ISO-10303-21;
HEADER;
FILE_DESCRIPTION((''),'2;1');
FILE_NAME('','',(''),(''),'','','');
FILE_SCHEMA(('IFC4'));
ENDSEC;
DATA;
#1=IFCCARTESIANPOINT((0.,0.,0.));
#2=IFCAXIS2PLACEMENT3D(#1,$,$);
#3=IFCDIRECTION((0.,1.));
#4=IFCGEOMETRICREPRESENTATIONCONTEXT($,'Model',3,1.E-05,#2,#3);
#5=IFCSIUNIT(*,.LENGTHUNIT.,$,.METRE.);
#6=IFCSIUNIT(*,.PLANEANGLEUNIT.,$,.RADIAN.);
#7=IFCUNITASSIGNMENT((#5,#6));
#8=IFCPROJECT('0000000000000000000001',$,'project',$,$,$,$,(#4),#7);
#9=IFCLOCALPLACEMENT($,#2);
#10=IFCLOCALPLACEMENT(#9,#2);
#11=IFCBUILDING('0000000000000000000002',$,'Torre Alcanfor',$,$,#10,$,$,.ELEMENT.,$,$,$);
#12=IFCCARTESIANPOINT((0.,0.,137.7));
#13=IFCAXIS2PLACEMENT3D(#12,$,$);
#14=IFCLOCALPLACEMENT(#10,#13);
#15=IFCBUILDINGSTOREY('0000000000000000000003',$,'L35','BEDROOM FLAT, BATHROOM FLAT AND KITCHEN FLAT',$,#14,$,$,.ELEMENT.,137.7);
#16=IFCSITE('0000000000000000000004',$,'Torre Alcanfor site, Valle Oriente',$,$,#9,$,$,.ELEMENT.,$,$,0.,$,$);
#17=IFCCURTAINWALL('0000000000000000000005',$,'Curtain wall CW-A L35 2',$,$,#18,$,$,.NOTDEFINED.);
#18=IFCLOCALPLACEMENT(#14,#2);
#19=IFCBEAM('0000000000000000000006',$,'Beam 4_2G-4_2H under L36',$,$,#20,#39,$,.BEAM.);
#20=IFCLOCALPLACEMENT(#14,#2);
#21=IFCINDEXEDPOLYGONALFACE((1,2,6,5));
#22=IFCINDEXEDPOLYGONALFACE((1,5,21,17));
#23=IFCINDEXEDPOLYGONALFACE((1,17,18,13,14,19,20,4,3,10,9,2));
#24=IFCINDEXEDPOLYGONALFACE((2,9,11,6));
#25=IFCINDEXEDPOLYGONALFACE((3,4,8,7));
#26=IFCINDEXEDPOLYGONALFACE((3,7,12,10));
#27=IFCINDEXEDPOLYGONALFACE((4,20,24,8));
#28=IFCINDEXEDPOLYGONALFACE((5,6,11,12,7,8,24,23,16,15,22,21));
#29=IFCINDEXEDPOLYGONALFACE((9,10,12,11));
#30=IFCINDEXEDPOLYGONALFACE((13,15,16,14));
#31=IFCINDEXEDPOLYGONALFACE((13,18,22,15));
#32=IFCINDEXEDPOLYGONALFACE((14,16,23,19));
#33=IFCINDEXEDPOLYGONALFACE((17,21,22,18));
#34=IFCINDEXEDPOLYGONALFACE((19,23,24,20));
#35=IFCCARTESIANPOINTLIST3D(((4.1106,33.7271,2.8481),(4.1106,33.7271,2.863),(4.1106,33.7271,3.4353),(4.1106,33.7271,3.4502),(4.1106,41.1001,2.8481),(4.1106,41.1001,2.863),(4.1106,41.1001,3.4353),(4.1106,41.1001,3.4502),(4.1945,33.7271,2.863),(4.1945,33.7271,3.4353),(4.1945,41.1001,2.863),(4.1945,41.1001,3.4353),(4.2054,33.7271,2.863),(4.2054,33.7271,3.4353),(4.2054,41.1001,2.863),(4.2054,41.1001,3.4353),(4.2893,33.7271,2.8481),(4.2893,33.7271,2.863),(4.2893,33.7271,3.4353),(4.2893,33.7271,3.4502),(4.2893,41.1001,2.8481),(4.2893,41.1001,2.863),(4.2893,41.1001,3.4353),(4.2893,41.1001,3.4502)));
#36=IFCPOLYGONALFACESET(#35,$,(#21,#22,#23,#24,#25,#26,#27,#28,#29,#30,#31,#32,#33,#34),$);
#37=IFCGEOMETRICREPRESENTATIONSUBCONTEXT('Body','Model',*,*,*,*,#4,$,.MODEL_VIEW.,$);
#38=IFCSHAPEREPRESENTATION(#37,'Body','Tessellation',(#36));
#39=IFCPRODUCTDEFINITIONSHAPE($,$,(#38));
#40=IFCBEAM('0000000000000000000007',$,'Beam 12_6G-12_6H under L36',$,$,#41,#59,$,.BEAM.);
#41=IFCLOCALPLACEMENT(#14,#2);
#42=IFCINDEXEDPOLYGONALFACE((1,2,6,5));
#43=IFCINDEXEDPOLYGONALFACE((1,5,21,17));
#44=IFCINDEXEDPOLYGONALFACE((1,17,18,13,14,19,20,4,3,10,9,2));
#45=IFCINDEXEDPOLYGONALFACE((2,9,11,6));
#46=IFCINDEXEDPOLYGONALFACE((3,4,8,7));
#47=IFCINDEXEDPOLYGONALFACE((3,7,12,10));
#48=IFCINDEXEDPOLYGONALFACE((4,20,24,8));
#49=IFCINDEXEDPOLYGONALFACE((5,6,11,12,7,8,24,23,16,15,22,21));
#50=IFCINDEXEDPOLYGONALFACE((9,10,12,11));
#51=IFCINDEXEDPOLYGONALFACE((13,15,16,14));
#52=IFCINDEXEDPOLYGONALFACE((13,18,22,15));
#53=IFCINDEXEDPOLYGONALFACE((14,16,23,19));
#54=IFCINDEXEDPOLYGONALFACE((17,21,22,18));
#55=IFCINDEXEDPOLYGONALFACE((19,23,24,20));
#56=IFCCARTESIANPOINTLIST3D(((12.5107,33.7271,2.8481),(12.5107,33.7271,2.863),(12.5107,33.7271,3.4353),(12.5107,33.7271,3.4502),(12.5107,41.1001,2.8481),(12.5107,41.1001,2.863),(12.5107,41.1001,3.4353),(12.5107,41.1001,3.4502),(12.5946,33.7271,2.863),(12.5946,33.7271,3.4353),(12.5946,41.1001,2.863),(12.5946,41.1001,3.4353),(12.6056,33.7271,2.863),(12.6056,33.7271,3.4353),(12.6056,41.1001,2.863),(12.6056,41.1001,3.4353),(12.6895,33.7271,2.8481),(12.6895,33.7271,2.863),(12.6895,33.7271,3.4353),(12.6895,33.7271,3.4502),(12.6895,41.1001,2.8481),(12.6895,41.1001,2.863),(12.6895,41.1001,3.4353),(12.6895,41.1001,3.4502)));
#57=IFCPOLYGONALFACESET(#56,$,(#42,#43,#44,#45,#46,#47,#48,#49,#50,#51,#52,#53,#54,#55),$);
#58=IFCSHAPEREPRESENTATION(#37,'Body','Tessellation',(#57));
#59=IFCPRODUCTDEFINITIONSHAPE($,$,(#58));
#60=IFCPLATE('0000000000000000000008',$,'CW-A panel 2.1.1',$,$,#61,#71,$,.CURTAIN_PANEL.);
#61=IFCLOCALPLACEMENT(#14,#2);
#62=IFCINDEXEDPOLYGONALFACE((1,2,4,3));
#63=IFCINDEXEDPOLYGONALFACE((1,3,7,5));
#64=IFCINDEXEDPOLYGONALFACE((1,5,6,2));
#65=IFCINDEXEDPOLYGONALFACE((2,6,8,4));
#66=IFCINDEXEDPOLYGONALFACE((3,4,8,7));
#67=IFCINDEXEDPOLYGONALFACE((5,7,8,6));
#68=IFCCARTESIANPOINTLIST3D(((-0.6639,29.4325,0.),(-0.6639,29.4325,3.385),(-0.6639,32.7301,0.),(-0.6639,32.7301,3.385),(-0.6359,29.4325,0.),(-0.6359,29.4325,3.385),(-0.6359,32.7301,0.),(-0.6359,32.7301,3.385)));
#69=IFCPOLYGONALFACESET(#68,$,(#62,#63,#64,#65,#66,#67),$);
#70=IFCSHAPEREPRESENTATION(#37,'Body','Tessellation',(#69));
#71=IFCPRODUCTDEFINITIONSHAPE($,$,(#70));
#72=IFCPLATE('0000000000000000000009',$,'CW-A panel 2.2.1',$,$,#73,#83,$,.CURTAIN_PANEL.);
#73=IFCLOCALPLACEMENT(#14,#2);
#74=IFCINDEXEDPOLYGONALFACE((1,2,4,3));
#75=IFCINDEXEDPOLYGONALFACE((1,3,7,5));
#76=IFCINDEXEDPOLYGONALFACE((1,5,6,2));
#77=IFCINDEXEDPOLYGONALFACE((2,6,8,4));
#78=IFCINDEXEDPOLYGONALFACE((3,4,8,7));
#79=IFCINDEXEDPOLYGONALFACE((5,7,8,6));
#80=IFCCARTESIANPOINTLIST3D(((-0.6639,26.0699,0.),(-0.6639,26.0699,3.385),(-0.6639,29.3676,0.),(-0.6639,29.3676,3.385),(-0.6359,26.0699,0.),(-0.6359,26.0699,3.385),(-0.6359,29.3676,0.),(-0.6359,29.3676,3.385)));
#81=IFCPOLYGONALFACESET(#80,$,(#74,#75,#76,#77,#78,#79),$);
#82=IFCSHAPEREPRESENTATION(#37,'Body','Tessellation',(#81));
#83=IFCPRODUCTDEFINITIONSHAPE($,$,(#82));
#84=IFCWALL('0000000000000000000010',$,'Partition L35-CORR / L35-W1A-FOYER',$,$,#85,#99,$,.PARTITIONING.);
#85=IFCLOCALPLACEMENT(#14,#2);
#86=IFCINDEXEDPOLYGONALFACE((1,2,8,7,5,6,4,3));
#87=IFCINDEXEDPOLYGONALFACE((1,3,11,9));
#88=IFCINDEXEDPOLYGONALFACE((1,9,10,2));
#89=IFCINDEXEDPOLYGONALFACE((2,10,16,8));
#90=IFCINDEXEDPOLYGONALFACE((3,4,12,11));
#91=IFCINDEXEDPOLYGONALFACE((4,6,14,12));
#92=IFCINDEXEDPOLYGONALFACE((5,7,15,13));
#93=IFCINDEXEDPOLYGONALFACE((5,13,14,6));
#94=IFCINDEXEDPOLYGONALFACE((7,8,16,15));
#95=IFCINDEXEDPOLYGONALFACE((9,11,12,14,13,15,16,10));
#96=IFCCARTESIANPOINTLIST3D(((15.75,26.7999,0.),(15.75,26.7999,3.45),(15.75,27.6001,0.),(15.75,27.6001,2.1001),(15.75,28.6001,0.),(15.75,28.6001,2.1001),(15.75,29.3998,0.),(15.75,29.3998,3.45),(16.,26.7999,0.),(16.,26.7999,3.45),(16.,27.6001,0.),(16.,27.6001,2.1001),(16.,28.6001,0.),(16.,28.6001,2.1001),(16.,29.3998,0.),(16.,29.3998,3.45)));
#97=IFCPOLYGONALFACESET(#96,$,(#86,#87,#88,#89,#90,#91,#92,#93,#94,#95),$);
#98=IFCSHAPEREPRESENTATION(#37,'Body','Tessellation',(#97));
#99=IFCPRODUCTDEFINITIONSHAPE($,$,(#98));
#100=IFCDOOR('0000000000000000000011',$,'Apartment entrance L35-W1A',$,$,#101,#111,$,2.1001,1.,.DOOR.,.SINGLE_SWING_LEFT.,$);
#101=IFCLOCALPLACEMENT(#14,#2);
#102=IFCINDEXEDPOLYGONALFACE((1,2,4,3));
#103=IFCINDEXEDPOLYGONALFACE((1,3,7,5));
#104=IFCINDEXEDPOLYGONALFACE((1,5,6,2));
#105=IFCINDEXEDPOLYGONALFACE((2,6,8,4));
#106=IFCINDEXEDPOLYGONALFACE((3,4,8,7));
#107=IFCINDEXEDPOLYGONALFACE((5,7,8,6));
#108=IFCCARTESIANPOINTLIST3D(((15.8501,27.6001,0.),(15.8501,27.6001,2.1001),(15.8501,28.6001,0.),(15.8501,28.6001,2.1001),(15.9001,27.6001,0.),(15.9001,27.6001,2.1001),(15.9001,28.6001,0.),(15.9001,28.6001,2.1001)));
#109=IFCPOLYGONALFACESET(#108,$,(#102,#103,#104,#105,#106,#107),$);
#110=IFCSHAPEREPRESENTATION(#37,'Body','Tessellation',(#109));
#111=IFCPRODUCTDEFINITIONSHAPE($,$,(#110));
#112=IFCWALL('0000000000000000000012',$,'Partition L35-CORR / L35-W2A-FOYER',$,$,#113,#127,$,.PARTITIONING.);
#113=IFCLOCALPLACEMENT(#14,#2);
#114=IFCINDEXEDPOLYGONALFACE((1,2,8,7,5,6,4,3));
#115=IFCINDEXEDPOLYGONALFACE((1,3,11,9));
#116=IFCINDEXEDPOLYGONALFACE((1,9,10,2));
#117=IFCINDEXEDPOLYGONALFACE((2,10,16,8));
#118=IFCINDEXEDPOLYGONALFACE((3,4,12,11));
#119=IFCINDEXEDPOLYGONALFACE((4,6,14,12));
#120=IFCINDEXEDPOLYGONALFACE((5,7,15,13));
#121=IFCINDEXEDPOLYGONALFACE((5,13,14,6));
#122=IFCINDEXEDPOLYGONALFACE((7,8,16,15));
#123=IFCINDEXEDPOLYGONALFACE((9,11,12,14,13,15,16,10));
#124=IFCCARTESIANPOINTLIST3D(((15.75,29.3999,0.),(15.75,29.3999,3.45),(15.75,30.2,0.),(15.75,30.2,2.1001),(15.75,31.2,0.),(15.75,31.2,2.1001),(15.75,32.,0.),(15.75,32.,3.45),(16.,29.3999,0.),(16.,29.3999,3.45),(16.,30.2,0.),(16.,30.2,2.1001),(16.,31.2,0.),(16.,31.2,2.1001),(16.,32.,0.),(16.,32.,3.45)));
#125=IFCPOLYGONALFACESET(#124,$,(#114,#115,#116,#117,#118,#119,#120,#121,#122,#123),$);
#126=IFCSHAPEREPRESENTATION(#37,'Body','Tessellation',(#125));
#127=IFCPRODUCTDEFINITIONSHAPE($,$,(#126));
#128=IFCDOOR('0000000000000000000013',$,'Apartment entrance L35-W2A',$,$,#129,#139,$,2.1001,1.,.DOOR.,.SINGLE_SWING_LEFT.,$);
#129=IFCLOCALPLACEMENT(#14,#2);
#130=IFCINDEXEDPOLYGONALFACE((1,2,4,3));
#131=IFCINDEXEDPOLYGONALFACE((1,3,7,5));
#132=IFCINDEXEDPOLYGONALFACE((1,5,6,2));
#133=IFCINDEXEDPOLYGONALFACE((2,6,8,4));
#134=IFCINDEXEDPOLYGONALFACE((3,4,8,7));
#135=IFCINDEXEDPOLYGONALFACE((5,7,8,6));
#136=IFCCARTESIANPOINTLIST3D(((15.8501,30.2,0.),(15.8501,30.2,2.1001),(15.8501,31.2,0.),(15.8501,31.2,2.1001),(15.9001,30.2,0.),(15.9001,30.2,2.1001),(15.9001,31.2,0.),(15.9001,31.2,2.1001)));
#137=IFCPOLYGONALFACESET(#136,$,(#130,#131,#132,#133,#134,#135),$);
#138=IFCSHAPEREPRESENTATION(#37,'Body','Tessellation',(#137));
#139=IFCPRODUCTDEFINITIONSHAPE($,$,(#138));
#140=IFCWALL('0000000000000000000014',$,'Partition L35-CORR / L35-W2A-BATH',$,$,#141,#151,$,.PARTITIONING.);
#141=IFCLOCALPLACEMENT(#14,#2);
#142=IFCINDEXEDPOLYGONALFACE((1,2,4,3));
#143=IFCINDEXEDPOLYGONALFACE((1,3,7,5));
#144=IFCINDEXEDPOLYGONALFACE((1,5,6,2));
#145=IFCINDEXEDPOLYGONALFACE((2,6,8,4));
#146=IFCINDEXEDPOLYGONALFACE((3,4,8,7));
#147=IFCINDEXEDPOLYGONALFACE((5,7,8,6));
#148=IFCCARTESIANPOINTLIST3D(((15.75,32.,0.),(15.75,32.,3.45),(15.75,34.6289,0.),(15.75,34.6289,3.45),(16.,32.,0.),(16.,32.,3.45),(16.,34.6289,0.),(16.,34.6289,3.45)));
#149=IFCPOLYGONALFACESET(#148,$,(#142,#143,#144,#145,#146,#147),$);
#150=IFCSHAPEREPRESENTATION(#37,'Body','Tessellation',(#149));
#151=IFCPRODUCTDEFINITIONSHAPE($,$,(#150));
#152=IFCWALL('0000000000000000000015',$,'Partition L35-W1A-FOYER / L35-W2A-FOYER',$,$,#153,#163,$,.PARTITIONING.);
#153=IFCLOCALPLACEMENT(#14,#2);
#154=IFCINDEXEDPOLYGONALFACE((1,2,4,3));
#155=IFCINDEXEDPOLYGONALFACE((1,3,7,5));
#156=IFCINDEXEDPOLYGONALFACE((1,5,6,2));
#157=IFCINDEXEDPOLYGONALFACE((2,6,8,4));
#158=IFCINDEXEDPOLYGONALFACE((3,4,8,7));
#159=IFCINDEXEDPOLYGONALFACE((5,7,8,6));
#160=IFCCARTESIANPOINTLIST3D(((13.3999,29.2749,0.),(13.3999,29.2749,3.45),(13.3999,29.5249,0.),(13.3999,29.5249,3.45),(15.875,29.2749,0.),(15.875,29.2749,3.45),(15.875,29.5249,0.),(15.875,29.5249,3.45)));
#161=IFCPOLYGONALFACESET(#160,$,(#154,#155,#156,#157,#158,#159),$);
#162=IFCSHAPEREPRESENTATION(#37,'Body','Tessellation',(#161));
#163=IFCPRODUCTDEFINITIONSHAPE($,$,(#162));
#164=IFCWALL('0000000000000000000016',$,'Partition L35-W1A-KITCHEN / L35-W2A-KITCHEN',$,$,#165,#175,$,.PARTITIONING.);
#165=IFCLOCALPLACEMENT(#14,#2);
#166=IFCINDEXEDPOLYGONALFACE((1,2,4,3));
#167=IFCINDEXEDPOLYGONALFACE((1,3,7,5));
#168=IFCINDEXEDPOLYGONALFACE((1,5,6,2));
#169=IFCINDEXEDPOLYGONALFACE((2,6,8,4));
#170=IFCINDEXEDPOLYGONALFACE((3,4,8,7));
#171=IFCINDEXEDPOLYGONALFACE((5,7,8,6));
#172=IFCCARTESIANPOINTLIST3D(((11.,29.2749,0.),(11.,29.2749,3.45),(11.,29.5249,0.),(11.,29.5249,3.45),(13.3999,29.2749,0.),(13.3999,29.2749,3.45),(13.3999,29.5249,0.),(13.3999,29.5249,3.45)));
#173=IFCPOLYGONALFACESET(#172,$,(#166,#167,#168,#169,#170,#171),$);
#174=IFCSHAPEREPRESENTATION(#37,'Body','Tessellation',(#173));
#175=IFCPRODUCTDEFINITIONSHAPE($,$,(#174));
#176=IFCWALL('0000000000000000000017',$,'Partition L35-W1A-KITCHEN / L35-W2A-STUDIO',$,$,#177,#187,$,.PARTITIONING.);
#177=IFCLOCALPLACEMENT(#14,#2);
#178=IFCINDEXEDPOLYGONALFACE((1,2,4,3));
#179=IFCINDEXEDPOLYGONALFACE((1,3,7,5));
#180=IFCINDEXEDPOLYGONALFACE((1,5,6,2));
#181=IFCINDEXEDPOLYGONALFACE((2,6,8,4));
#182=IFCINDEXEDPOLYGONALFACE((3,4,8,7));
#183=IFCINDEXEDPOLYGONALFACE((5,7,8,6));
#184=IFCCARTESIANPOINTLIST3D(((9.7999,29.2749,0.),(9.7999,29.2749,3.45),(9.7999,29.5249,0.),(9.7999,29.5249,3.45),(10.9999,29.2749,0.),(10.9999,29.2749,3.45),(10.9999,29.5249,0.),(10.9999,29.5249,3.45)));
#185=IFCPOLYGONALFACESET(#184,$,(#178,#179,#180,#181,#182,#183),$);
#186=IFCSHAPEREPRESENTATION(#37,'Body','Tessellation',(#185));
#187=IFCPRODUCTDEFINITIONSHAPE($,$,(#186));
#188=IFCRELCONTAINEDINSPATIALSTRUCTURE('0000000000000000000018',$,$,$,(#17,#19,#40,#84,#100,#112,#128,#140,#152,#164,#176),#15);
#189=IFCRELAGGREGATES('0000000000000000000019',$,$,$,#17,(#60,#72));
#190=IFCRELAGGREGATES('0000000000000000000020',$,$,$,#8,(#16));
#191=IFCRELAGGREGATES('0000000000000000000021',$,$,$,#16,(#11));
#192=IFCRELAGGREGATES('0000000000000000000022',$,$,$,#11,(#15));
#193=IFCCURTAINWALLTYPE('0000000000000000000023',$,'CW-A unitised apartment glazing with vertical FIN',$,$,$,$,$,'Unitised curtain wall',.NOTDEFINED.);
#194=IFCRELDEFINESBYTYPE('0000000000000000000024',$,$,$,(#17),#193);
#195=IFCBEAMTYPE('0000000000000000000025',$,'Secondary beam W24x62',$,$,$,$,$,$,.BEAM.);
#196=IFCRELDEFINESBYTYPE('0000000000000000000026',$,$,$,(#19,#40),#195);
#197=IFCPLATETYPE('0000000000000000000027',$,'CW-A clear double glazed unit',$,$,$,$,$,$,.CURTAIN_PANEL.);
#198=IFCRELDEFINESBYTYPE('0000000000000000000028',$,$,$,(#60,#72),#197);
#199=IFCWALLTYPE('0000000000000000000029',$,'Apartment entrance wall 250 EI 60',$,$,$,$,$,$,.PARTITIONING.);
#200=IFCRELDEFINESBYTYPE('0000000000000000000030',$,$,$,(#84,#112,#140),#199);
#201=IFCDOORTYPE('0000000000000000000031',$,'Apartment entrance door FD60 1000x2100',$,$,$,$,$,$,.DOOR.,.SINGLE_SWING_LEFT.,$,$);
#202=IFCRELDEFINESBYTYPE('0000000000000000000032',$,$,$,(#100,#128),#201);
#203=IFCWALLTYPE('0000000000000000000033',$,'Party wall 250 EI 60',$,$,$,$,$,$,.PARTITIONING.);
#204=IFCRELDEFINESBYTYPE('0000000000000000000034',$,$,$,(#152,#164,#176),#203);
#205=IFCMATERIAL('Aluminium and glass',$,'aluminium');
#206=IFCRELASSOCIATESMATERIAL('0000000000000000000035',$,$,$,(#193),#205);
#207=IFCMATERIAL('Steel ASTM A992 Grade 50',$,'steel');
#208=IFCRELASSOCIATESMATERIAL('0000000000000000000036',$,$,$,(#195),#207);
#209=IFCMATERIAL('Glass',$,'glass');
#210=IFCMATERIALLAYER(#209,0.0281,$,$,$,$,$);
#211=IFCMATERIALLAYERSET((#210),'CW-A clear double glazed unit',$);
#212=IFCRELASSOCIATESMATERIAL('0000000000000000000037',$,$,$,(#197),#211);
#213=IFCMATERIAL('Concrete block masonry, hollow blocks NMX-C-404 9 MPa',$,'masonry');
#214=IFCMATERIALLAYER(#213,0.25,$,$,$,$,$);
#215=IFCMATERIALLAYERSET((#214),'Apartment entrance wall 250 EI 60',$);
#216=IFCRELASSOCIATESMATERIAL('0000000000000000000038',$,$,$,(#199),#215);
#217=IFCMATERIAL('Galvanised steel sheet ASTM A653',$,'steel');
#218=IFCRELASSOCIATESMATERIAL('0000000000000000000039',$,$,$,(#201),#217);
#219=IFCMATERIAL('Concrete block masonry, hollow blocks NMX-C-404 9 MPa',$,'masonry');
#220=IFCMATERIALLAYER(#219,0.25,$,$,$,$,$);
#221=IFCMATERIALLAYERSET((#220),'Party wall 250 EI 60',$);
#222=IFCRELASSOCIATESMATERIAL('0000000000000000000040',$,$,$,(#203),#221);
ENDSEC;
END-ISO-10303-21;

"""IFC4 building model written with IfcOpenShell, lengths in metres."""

from ifc_helpers import new_model, si_unit, direction, frame, frame_2d, origin, origin_2d, place, context, subcontext, project, spatial, rectangle, i_section, extrude, material, layer, layer_set, material_profile, profile_set, type_object, element, fill, aggregate, save


model = new_model("IFC4")

# Units and contexts
model_context = context("Model", 3, precision=1e-05, world=origin(), true_north=direction((0.0, 1.0)))
body_context = subcontext(model_context, "Body", "Model", "MODEL_VIEW")
ifc_project = project(units=[si_unit("LENGTHUNIT", "METRE"), si_unit("PLANEANGLEUNIT", "RADIAN")], contexts=[model_context])

# Site, building, storey
site_placement = place(None, origin())
site = spatial("IfcSite", under=ifc_project, at=site_placement, Name="Torre Alcanfor site, Valle Oriente", CompositionType="ELEMENT", RefElevation=0.0)
building_placement = place(site_placement, origin())
building = spatial("IfcBuilding", under=site, at=building_placement, Name="Torre Alcanfor", CompositionType="ELEMENT")
storey_placement = place(building_placement, frame((0.0, 0.0, 137.7)))
storey = spatial("IfcBuildingStorey", under=building, at=storey_placement, Name="L35", Description="BEDROOM FLAT, BATHROOM FLAT AND KITCHEN FLAT", CompositionType="ELEMENT", Elevation=137.7)

# Curtain wall
ifc_material_1 = material(Name="Aluminium and glass", Category="aluminium")
curtain_wall_type = type_object("IfcCurtainWallType", Name="CW-A unitised apartment glazing with vertical FIN", ElementType="Unitised curtain wall", PredefinedType="NOTDEFINED", material=ifc_material_1)
curtain_wall_placement = place(storey_placement, origin())
curtain_wall = element("IfcCurtainWall", 1, at=curtain_wall_placement, inside=storey, type_object=curtain_wall_type, Name="Curtain wall CW-A L35 2", PredefinedType="NOTDEFINED")

# Beams
ifc_material_2 = material(Name="Steel ASTM A992 Grade 50", Category="steel")
ifc_material_profile_1 = material_profile(ifc_material_2, i_section(OverallWidth=0.1787, OverallDepth=0.6021, WebThickness=0.011, FlangeThickness=0.0149, at=origin_2d()), Name="W24x62")
ifc_profile_set_1 = profile_set([ifc_material_profile_1], Name="Steel ASTM A992 Grade 50")
beam_type_1 = type_object("IfcBeamType", Name="Secondary beam W24x62", PredefinedType="BEAM", material=ifc_profile_set_1)
for number, where, z_axis, x_axis, name in (
    (2, (4.2, 33.7271, 3.1492), (0.0, 1.0, 0.0), (-1.0, 0.0, 0.0), "Beam 4_2G-4_2H under L36"),
    (3, (12.6001, 33.7271, 3.1492), (0.0, 1.0, 0.0), (-1.0, 0.0, 0.0), "Beam 12_6G-12_6H under L36"),
):
    element("IfcBeam", number, at=place(storey_placement, frame(where, z_axis=z_axis, x_axis=x_axis)), inside=storey, type_object=beam_type_1, Name=name, PredefinedType="BEAM", context=body_context, shape_type="SweptSolid", body=[
        extrude(i_section(OverallWidth=0.1787, OverallDepth=0.6021, WebThickness=0.011, FlangeThickness=0.0149, at=origin_2d()), origin(), (0.0, 0.0, 1.0), 7.373),
    ])

# Plates
ifc_material_3 = material(Name="Glass", Category="glass")
ifc_layer_1 = layer(ifc_material_3, 0.0281)
ifc_layer_set_1 = layer_set([ifc_layer_1], Name="CW-A clear double glazed unit")
plate_type = type_object("IfcPlateType", Name="CW-A clear double glazed unit", PredefinedType="CURTAIN_PANEL", material=ifc_layer_set_1)
plate_1_placement = place(storey_placement, frame((-0.6499, 31.0813, 0.0), z_axis=(0.0, 0.0, 1.0), x_axis=(0.0, -1.0, 0.0)))
plate_1 = element("IfcPlate", 4, at=plate_1_placement, type_object=plate_type, Name="CW-A panel 2.1.1", PredefinedType="CURTAIN_PANEL", context=body_context, shape_type="SweptSolid", body=[
    extrude(rectangle(XDim=3.2976, YDim=0.0281, at=origin_2d()), origin(), (0.0, 0.0, 1.0), 3.385),
])
plate_2_placement = place(storey_placement, frame((-0.6499, 27.7188, 0.0), z_axis=(0.0, 0.0, 1.0), x_axis=(0.0, -1.0, 0.0)))
plate_2 = element("IfcPlate", 5, at=plate_2_placement, type_object=plate_type, Name="CW-A panel 2.2.1", PredefinedType="CURTAIN_PANEL", context=body_context, shape_type="SweptSolid", body=[
    extrude(rectangle(XDim=3.2976, YDim=0.0281, at=origin_2d()), origin(), (0.0, 0.0, 1.0), 3.385),
])
aggregate(curtain_wall, [plate_1, plate_2])

# Walls, openings, doors
ifc_material_4 = material(Name="Concrete block masonry, hollow blocks NMX-C-404 9 MPa", Category="masonry")
ifc_layer_2 = layer(ifc_material_4, 0.25)
ifc_layer_set_2 = layer_set([ifc_layer_2], Name="Apartment entrance wall 250 EI 60")
wall_type_1 = type_object("IfcWallType", Name="Apartment entrance wall 250 EI 60", PredefinedType="PARTITIONING", material=ifc_layer_set_2)
wall_1_placement = place(storey_placement, frame((15.875, 26.8, 0.0), z_axis=(0.0, 0.0, 1.0), x_axis=(0.0, 1.0, 0.0)))
wall_1 = element("IfcWall", 6, at=wall_1_placement, inside=storey, type_object=wall_type_1, Name="Partition L35-CORR / L35-W1A-FOYER", PredefinedType="PARTITIONING", context=body_context, shape_type="SweptSolid", body=[
    extrude(rectangle(XDim=2.5999, YDim=0.25, at=frame_2d((1.2998, 0.0))), origin(), (0.0, 0.0, 1.0), 3.45),
])
opening_1_placement = place(wall_1_placement, frame((0.8, 0.0, 0.0)))
opening_1 = element("IfcOpeningElement", 7, at=opening_1_placement, cuts=wall_1, PredefinedType="OPENING", context=body_context, shape_type="SweptSolid", body=[
    extrude(rectangle(XDim=1.0, YDim=2.1001, at=frame_2d((0.5, 1.05))), frame((0.0, 0.135, 0.0), z_axis=(0.0, -1.0, 0.0), x_axis=(1.0, 0.0, 0.0)), (0.0, 0.0, 1.0), 0.27),
])
ifc_material_5 = material(Name="Galvanised steel sheet ASTM A653", Category="steel")
door_type_1 = type_object("IfcDoorType", Name="Apartment entrance door FD60 1000x2100", OperationType="SINGLE_SWING_LEFT", PredefinedType="DOOR", material=ifc_material_5)
door_1_placement = place(opening_1_placement, origin())
door_1 = element("IfcDoor", 8, at=door_1_placement, inside=storey, type_object=door_type_1, Name="Apartment entrance L35-W1A", OperationType="SINGLE_SWING_LEFT", OverallHeight=2.1001, OverallWidth=1.0, PredefinedType="DOOR", context=body_context, shape_type="SweptSolid", body=[
    extrude(rectangle(XDim=1.0, YDim=2.1001, at=frame_2d((0.5, 1.05))), frame((0.0, 0.0249, 0.0), z_axis=(0.0, -1.0, 0.0), x_axis=(1.0, 0.0, 0.0)), (0.0, 0.0, 1.0), 0.05),
])
fill(opening_1, door_1)
wall_2_placement = place(storey_placement, frame((15.875, 29.3999, 0.0), z_axis=(0.0, 0.0, 1.0), x_axis=(0.0, 1.0, 0.0)))
wall_2 = element("IfcWall", 9, at=wall_2_placement, inside=storey, type_object=wall_type_1, Name="Partition L35-CORR / L35-W2A-FOYER", PredefinedType="PARTITIONING", context=body_context, shape_type="SweptSolid", body=[
    extrude(rectangle(XDim=2.6001, YDim=0.25, at=frame_2d((1.3, 0.0))), origin(), (0.0, 0.0, 1.0), 3.45),
])
opening_2_placement = place(wall_2_placement, frame((0.8, 0.0, 0.0)))
opening_2 = element("IfcOpeningElement", 10, at=opening_2_placement, cuts=wall_2, PredefinedType="OPENING", context=body_context, shape_type="SweptSolid", body=[
    extrude(rectangle(XDim=1.0, YDim=2.1001, at=frame_2d((0.5, 1.05))), frame((0.0, 0.135, 0.0), z_axis=(0.0, -1.0, 0.0), x_axis=(1.0, 0.0, 0.0)), (0.0, 0.0, 1.0), 0.27),
])
door_2_placement = place(opening_2_placement, origin())
door_2 = element("IfcDoor", 11, at=door_2_placement, inside=storey, type_object=door_type_1, Name="Apartment entrance L35-W2A", OperationType="SINGLE_SWING_LEFT", OverallHeight=2.1001, OverallWidth=1.0, PredefinedType="DOOR", context=body_context, shape_type="SweptSolid", body=[
    extrude(rectangle(XDim=1.0, YDim=2.1001, at=frame_2d((0.5, 1.05))), frame((0.0, 0.0249, 0.0), z_axis=(0.0, -1.0, 0.0), x_axis=(1.0, 0.0, 0.0)), (0.0, 0.0, 1.0), 0.05),
])
fill(opening_2, door_2)

# Walls
wall_3_placement = place(storey_placement, frame((15.875, 32.0, 0.0), z_axis=(0.0, 0.0, 1.0), x_axis=(0.0, 1.0, 0.0)))
element("IfcWall", 12, at=wall_3_placement, inside=storey, type_object=wall_type_1, Name="Partition L35-CORR / L35-W2A-BATH", PredefinedType="PARTITIONING", context=body_context, shape_type="SweptSolid", body=[
    extrude(rectangle(XDim=2.6289, YDim=0.25, at=frame_2d((1.3145, 0.0))), origin(), (0.0, 0.0, 1.0), 3.45),
])
ifc_material_6 = material(Name="Concrete block masonry, hollow blocks NMX-C-404 9 MPa", Category="masonry")
ifc_layer_3 = layer(ifc_material_6, 0.25)
ifc_layer_set_3 = layer_set([ifc_layer_3], Name="Party wall 250 EI 60")
wall_type_2 = type_object("IfcWallType", Name="Party wall 250 EI 60", PredefinedType="PARTITIONING", material=ifc_layer_set_3)
wall_4_placement = place(storey_placement, frame((15.875, 29.3999, 0.0), z_axis=(0.0, 0.0, 1.0), x_axis=(-1.0, 0.0, 0.0)))
element("IfcWall", 13, at=wall_4_placement, inside=storey, type_object=wall_type_2, Name="Partition L35-W1A-FOYER / L35-W2A-FOYER", PredefinedType="PARTITIONING", context=body_context, shape_type="SweptSolid", body=[
    extrude(rectangle(XDim=2.4751, YDim=0.25, at=frame_2d((1.2375, 0.0))), origin(), (0.0, 0.0, 1.0), 3.45),
])
wall_5_placement = place(storey_placement, frame((13.3999, 29.3999, 0.0), z_axis=(0.0, 0.0, 1.0), x_axis=(-1.0, 0.0, 0.0)))
element("IfcWall", 14, at=wall_5_placement, inside=storey, type_object=wall_type_2, Name="Partition L35-W1A-KITCHEN / L35-W2A-KITCHEN", PredefinedType="PARTITIONING", context=body_context, shape_type="SweptSolid", body=[
    extrude(rectangle(XDim=2.3999, YDim=0.25, at=frame_2d((1.2, 0.0))), origin(), (0.0, 0.0, 1.0), 3.45),
])
wall_6_placement = place(storey_placement, frame((11.0, 29.3999, 0.0), z_axis=(0.0, 0.0, 1.0), x_axis=(-1.0, 0.0, 0.0)))
element("IfcWall", 15, at=wall_6_placement, inside=storey, type_object=wall_type_2, Name="Partition L35-W1A-KITCHEN / L35-W2A-STUDIO", PredefinedType="PARTITIONING", context=body_context, shape_type="SweptSolid", body=[
    extrude(rectangle(XDim=1.2, YDim=0.25, at=frame_2d((0.6001, 0.0))), origin(), (0.0, 0.0, 1.0), 3.45),
])

save(model, "model.ifc")
